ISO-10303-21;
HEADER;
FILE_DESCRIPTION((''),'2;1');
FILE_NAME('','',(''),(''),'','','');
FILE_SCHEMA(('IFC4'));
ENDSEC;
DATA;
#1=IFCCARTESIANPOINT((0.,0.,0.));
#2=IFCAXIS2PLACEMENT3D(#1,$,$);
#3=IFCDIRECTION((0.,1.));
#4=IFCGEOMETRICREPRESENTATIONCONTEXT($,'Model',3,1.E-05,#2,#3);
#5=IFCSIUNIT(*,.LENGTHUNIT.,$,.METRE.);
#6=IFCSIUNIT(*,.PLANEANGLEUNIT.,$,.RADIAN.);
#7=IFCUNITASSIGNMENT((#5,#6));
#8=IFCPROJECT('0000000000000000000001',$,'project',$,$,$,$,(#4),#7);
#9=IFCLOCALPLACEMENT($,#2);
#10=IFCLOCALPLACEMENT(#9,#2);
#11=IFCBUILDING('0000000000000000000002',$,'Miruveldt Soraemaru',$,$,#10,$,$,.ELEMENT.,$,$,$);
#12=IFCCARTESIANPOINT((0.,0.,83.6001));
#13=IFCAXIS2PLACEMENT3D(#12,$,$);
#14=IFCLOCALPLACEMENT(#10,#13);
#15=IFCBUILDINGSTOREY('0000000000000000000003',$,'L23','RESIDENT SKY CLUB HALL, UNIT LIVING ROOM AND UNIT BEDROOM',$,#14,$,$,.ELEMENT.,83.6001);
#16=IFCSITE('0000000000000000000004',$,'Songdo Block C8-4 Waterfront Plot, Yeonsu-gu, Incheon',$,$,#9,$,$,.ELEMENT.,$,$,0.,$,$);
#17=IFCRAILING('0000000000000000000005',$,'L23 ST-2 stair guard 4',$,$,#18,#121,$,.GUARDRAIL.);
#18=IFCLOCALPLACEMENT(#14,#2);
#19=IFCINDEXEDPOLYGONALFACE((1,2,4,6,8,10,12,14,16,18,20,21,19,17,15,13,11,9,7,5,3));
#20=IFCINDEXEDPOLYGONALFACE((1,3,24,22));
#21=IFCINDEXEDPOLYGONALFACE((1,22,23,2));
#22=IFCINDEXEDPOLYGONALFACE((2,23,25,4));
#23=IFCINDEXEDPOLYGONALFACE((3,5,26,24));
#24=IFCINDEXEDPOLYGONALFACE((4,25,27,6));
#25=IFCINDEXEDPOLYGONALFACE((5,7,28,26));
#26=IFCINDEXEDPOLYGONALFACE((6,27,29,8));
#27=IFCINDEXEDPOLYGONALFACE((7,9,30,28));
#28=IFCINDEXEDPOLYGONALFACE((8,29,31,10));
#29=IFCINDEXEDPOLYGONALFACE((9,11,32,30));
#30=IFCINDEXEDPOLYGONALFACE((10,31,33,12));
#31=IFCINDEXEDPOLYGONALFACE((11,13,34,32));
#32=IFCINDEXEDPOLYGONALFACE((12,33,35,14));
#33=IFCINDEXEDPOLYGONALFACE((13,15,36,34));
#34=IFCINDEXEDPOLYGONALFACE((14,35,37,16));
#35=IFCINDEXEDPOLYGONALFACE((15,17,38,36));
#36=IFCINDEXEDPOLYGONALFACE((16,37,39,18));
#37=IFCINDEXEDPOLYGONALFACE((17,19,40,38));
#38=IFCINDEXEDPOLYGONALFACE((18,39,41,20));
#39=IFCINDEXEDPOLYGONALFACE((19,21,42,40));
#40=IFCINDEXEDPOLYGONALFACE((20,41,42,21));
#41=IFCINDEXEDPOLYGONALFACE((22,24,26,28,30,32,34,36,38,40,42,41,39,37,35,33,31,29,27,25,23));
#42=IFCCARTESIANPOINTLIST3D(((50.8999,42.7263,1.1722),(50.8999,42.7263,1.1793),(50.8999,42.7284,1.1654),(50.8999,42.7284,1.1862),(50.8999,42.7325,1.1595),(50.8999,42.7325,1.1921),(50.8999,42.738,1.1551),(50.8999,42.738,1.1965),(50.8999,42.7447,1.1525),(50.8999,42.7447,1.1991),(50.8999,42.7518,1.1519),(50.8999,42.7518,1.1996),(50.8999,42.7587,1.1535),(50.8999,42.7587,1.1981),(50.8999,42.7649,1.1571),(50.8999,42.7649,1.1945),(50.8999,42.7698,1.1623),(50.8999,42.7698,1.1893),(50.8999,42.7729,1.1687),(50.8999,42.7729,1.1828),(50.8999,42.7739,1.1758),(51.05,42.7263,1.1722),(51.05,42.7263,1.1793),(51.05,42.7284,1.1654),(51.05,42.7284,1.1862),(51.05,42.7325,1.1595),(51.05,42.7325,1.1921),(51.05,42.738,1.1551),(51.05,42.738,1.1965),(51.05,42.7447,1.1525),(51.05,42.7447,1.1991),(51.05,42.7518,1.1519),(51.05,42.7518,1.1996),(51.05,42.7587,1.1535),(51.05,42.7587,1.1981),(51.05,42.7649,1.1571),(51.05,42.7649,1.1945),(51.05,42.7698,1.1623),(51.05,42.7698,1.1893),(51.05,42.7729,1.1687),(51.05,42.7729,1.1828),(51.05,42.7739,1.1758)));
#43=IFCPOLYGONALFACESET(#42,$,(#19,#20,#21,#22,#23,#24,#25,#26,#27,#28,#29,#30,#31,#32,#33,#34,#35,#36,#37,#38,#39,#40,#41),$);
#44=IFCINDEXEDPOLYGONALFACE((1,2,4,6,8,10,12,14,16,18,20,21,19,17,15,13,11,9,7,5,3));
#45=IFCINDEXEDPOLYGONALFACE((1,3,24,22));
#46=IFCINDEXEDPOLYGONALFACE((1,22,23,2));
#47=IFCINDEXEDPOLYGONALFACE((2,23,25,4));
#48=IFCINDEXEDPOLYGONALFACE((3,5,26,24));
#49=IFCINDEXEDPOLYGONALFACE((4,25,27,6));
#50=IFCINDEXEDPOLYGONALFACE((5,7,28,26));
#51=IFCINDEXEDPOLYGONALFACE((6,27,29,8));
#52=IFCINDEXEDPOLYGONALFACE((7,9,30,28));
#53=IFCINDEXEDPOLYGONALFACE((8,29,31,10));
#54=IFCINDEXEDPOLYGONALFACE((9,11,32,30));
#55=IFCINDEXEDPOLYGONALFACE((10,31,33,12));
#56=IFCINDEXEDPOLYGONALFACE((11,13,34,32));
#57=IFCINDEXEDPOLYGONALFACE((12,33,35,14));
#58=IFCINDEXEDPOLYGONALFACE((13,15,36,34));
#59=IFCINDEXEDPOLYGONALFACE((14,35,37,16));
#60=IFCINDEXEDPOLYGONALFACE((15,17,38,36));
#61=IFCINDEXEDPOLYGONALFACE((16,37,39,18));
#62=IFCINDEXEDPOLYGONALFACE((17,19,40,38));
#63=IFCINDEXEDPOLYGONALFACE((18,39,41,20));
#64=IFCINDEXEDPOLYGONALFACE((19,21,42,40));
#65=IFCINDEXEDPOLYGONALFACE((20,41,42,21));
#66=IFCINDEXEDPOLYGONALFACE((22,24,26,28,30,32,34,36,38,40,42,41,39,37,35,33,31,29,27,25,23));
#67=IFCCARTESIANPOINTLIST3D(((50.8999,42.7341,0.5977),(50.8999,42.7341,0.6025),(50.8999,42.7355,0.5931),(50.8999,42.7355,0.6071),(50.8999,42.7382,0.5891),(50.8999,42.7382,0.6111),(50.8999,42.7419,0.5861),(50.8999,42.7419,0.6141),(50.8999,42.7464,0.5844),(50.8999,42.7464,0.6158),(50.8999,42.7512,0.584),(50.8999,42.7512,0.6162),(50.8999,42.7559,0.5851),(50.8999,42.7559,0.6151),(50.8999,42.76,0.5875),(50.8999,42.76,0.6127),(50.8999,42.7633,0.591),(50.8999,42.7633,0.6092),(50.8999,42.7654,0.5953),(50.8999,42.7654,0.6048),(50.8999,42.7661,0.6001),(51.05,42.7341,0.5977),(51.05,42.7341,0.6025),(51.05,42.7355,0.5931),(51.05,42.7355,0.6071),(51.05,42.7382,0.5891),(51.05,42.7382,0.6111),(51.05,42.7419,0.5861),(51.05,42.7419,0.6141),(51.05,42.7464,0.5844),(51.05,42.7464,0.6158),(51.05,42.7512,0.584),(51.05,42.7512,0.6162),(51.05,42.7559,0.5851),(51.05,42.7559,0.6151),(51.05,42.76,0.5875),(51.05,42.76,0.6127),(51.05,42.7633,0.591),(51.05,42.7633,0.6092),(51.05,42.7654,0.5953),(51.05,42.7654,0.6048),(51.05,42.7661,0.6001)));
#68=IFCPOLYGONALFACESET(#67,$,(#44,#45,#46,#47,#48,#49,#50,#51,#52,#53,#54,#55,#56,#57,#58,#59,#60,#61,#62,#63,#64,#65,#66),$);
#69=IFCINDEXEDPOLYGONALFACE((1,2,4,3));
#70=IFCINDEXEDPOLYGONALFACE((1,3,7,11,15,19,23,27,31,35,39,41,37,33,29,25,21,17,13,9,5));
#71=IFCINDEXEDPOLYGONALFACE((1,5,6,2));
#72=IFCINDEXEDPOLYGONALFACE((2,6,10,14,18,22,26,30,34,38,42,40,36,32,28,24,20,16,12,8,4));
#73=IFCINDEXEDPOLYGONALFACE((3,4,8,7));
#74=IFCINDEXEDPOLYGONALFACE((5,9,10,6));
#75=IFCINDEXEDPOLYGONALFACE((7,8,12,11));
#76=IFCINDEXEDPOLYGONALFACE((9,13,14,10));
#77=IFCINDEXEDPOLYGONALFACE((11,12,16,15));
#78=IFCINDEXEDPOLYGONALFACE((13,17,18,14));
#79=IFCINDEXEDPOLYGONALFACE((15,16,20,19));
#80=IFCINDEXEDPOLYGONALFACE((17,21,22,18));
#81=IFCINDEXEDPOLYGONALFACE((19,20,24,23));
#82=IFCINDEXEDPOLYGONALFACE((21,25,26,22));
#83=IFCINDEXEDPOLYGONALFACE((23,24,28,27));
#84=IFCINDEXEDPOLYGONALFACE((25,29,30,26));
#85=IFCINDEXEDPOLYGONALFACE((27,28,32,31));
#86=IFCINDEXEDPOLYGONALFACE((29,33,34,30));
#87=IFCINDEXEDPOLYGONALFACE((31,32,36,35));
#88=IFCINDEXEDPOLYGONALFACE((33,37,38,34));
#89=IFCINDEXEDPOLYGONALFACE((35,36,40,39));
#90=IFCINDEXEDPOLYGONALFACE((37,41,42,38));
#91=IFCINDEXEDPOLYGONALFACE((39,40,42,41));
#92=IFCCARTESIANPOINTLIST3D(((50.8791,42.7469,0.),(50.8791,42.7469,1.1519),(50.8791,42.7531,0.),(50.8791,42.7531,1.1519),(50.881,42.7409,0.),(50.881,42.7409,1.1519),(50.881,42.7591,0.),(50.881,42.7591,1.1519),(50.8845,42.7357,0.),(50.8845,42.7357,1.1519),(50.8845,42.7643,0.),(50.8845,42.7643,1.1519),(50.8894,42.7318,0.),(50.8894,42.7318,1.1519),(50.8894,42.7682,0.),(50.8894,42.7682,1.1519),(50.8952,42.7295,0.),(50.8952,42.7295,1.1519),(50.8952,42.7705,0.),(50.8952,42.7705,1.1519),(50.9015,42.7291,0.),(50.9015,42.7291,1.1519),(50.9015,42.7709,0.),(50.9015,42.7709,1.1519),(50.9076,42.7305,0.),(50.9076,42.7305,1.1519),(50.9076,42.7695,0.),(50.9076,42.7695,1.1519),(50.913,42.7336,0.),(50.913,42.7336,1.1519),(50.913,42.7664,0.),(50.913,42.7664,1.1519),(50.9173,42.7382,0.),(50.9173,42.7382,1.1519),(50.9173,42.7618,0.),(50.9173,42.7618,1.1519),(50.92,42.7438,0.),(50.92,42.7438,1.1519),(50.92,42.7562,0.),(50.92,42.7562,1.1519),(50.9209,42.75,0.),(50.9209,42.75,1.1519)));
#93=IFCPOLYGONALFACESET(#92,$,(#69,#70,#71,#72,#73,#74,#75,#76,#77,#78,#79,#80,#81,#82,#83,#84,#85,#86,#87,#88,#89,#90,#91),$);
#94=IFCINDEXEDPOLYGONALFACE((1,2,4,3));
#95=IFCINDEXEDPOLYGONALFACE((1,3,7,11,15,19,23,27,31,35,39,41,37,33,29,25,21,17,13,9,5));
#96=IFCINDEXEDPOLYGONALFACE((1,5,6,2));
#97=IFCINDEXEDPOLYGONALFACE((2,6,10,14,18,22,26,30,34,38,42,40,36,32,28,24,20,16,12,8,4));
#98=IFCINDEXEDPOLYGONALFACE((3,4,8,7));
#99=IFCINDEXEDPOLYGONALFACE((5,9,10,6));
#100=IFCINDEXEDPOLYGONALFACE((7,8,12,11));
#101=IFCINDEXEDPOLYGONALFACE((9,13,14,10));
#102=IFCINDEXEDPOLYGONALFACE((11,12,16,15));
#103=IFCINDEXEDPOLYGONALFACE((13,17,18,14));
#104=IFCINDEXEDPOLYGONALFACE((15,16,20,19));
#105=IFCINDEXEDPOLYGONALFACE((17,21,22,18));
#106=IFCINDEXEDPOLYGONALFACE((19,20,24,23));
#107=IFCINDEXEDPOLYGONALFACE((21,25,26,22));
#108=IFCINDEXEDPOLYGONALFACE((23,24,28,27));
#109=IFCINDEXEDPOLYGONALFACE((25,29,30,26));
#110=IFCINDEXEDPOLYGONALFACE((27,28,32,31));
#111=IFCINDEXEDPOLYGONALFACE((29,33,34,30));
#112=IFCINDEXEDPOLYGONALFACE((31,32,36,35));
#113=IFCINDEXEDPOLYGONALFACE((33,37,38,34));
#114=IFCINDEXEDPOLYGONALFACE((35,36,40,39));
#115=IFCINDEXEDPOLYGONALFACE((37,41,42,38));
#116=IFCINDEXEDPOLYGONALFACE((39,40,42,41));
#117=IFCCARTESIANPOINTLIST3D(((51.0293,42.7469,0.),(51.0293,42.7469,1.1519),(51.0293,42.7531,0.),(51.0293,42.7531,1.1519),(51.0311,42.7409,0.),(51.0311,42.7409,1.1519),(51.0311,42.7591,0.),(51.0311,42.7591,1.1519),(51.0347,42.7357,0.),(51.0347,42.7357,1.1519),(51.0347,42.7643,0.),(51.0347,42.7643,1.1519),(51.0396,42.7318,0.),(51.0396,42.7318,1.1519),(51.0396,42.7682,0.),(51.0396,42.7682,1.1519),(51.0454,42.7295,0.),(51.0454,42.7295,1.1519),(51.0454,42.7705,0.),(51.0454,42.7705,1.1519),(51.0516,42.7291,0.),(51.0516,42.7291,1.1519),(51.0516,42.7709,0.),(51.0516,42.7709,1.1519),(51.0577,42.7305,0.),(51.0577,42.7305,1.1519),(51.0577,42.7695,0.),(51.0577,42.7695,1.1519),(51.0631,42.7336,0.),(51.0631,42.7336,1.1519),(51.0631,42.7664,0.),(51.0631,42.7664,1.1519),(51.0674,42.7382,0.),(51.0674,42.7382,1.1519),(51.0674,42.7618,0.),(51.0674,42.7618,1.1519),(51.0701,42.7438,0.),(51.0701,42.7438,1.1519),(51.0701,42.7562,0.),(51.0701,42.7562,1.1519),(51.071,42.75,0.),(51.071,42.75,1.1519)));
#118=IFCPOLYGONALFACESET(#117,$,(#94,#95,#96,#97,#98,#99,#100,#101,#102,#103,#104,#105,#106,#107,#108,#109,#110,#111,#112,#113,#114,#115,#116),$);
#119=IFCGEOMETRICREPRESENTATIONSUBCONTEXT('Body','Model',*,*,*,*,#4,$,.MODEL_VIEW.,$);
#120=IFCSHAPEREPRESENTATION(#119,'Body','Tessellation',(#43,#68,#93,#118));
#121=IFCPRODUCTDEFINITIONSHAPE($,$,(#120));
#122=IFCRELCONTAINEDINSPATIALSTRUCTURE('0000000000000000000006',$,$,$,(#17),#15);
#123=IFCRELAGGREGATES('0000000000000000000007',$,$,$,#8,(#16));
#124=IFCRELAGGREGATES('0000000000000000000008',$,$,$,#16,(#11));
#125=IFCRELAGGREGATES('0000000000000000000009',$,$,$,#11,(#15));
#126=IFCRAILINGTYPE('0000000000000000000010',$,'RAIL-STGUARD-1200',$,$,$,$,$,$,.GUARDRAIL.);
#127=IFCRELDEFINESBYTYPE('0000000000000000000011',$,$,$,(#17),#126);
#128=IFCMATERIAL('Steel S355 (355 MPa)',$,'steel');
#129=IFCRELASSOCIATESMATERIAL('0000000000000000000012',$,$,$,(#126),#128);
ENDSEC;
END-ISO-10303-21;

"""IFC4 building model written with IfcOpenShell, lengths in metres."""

from ifc_helpers import new_model, si_unit, direction, frame, origin, origin_2d, place, context, subcontext, project, spatial, circle, extrude, material, type_object, element, save


model = new_model("IFC4")

# Units and contexts
model_context = context("Model", 3, precision=1e-05, world=origin(), true_north=direction((0.0, 1.0)))
body_context = subcontext(model_context, "Body", "Model", "MODEL_VIEW")
ifc_project = project(units=[si_unit("LENGTHUNIT", "METRE"), si_unit("PLANEANGLEUNIT", "RADIAN")], contexts=[model_context])

# Site, building, storey
site_placement = place(None, origin())
site = spatial("IfcSite", under=ifc_project, at=site_placement, Name="Songdo Block C8-4 Waterfront Plot, Yeonsu-gu, Incheon", CompositionType="ELEMENT", RefElevation=0.0)
building_placement = place(site_placement, origin())
building = spatial("IfcBuilding", under=site, at=building_placement, Name="Miruveldt Soraemaru", CompositionType="ELEMENT")
storey_placement = place(building_placement, frame((0.0, 0.0, 83.6001)))
storey = spatial("IfcBuildingStorey", under=building, at=storey_placement, Name="L23", Description="RESIDENT SKY CLUB HALL, UNIT LIVING ROOM AND UNIT BEDROOM", CompositionType="ELEMENT", Elevation=83.6001)

# Railing
ifc_material_1 = material(Name="Steel S355 (355 MPa)", Category="steel")
railing_type_1 = type_object("IfcRailingType", Name="RAIL-STGUARD-1200", PredefinedType="GUARDRAIL", material=ifc_material_1)
railing_1_placement = place(storey_placement, frame((50.8999, 42.75, 0.0)))
element("IfcRailing", 1, at=railing_1_placement, inside=storey, type_object=railing_type_1, Name="L23 ST-2 stair guard 4", PredefinedType="GUARDRAIL", context=body_context, shape_type="SweptSolid", body=[
    extrude(circle(Radius=0.0239, at=origin_2d()), frame((0.0, 0.0, 1.1758), z_axis=(1.0, 0.0, 0.0), x_axis=(0.0, 1.0, 0.0)), (0.0, 0.0, 1.0), 0.1501),
    extrude(circle(Radius=0.0161, at=origin_2d()), frame((0.0, 0.0, 0.6001), z_axis=(1.0, 0.0, 0.0), x_axis=(0.0, 1.0, 0.0)), (0.0, 0.0, 1.0), 0.1501),
    extrude(circle(Radius=0.021, at=origin_2d()), origin(), (0.0, 0.0, 1.0), 1.1519),
    extrude(circle(Radius=0.021, at=origin_2d()), frame((0.1501, 0.0, 0.0)), (0.0, 0.0, 1.0), 1.1519),
])

save(model, "model.ifc")
